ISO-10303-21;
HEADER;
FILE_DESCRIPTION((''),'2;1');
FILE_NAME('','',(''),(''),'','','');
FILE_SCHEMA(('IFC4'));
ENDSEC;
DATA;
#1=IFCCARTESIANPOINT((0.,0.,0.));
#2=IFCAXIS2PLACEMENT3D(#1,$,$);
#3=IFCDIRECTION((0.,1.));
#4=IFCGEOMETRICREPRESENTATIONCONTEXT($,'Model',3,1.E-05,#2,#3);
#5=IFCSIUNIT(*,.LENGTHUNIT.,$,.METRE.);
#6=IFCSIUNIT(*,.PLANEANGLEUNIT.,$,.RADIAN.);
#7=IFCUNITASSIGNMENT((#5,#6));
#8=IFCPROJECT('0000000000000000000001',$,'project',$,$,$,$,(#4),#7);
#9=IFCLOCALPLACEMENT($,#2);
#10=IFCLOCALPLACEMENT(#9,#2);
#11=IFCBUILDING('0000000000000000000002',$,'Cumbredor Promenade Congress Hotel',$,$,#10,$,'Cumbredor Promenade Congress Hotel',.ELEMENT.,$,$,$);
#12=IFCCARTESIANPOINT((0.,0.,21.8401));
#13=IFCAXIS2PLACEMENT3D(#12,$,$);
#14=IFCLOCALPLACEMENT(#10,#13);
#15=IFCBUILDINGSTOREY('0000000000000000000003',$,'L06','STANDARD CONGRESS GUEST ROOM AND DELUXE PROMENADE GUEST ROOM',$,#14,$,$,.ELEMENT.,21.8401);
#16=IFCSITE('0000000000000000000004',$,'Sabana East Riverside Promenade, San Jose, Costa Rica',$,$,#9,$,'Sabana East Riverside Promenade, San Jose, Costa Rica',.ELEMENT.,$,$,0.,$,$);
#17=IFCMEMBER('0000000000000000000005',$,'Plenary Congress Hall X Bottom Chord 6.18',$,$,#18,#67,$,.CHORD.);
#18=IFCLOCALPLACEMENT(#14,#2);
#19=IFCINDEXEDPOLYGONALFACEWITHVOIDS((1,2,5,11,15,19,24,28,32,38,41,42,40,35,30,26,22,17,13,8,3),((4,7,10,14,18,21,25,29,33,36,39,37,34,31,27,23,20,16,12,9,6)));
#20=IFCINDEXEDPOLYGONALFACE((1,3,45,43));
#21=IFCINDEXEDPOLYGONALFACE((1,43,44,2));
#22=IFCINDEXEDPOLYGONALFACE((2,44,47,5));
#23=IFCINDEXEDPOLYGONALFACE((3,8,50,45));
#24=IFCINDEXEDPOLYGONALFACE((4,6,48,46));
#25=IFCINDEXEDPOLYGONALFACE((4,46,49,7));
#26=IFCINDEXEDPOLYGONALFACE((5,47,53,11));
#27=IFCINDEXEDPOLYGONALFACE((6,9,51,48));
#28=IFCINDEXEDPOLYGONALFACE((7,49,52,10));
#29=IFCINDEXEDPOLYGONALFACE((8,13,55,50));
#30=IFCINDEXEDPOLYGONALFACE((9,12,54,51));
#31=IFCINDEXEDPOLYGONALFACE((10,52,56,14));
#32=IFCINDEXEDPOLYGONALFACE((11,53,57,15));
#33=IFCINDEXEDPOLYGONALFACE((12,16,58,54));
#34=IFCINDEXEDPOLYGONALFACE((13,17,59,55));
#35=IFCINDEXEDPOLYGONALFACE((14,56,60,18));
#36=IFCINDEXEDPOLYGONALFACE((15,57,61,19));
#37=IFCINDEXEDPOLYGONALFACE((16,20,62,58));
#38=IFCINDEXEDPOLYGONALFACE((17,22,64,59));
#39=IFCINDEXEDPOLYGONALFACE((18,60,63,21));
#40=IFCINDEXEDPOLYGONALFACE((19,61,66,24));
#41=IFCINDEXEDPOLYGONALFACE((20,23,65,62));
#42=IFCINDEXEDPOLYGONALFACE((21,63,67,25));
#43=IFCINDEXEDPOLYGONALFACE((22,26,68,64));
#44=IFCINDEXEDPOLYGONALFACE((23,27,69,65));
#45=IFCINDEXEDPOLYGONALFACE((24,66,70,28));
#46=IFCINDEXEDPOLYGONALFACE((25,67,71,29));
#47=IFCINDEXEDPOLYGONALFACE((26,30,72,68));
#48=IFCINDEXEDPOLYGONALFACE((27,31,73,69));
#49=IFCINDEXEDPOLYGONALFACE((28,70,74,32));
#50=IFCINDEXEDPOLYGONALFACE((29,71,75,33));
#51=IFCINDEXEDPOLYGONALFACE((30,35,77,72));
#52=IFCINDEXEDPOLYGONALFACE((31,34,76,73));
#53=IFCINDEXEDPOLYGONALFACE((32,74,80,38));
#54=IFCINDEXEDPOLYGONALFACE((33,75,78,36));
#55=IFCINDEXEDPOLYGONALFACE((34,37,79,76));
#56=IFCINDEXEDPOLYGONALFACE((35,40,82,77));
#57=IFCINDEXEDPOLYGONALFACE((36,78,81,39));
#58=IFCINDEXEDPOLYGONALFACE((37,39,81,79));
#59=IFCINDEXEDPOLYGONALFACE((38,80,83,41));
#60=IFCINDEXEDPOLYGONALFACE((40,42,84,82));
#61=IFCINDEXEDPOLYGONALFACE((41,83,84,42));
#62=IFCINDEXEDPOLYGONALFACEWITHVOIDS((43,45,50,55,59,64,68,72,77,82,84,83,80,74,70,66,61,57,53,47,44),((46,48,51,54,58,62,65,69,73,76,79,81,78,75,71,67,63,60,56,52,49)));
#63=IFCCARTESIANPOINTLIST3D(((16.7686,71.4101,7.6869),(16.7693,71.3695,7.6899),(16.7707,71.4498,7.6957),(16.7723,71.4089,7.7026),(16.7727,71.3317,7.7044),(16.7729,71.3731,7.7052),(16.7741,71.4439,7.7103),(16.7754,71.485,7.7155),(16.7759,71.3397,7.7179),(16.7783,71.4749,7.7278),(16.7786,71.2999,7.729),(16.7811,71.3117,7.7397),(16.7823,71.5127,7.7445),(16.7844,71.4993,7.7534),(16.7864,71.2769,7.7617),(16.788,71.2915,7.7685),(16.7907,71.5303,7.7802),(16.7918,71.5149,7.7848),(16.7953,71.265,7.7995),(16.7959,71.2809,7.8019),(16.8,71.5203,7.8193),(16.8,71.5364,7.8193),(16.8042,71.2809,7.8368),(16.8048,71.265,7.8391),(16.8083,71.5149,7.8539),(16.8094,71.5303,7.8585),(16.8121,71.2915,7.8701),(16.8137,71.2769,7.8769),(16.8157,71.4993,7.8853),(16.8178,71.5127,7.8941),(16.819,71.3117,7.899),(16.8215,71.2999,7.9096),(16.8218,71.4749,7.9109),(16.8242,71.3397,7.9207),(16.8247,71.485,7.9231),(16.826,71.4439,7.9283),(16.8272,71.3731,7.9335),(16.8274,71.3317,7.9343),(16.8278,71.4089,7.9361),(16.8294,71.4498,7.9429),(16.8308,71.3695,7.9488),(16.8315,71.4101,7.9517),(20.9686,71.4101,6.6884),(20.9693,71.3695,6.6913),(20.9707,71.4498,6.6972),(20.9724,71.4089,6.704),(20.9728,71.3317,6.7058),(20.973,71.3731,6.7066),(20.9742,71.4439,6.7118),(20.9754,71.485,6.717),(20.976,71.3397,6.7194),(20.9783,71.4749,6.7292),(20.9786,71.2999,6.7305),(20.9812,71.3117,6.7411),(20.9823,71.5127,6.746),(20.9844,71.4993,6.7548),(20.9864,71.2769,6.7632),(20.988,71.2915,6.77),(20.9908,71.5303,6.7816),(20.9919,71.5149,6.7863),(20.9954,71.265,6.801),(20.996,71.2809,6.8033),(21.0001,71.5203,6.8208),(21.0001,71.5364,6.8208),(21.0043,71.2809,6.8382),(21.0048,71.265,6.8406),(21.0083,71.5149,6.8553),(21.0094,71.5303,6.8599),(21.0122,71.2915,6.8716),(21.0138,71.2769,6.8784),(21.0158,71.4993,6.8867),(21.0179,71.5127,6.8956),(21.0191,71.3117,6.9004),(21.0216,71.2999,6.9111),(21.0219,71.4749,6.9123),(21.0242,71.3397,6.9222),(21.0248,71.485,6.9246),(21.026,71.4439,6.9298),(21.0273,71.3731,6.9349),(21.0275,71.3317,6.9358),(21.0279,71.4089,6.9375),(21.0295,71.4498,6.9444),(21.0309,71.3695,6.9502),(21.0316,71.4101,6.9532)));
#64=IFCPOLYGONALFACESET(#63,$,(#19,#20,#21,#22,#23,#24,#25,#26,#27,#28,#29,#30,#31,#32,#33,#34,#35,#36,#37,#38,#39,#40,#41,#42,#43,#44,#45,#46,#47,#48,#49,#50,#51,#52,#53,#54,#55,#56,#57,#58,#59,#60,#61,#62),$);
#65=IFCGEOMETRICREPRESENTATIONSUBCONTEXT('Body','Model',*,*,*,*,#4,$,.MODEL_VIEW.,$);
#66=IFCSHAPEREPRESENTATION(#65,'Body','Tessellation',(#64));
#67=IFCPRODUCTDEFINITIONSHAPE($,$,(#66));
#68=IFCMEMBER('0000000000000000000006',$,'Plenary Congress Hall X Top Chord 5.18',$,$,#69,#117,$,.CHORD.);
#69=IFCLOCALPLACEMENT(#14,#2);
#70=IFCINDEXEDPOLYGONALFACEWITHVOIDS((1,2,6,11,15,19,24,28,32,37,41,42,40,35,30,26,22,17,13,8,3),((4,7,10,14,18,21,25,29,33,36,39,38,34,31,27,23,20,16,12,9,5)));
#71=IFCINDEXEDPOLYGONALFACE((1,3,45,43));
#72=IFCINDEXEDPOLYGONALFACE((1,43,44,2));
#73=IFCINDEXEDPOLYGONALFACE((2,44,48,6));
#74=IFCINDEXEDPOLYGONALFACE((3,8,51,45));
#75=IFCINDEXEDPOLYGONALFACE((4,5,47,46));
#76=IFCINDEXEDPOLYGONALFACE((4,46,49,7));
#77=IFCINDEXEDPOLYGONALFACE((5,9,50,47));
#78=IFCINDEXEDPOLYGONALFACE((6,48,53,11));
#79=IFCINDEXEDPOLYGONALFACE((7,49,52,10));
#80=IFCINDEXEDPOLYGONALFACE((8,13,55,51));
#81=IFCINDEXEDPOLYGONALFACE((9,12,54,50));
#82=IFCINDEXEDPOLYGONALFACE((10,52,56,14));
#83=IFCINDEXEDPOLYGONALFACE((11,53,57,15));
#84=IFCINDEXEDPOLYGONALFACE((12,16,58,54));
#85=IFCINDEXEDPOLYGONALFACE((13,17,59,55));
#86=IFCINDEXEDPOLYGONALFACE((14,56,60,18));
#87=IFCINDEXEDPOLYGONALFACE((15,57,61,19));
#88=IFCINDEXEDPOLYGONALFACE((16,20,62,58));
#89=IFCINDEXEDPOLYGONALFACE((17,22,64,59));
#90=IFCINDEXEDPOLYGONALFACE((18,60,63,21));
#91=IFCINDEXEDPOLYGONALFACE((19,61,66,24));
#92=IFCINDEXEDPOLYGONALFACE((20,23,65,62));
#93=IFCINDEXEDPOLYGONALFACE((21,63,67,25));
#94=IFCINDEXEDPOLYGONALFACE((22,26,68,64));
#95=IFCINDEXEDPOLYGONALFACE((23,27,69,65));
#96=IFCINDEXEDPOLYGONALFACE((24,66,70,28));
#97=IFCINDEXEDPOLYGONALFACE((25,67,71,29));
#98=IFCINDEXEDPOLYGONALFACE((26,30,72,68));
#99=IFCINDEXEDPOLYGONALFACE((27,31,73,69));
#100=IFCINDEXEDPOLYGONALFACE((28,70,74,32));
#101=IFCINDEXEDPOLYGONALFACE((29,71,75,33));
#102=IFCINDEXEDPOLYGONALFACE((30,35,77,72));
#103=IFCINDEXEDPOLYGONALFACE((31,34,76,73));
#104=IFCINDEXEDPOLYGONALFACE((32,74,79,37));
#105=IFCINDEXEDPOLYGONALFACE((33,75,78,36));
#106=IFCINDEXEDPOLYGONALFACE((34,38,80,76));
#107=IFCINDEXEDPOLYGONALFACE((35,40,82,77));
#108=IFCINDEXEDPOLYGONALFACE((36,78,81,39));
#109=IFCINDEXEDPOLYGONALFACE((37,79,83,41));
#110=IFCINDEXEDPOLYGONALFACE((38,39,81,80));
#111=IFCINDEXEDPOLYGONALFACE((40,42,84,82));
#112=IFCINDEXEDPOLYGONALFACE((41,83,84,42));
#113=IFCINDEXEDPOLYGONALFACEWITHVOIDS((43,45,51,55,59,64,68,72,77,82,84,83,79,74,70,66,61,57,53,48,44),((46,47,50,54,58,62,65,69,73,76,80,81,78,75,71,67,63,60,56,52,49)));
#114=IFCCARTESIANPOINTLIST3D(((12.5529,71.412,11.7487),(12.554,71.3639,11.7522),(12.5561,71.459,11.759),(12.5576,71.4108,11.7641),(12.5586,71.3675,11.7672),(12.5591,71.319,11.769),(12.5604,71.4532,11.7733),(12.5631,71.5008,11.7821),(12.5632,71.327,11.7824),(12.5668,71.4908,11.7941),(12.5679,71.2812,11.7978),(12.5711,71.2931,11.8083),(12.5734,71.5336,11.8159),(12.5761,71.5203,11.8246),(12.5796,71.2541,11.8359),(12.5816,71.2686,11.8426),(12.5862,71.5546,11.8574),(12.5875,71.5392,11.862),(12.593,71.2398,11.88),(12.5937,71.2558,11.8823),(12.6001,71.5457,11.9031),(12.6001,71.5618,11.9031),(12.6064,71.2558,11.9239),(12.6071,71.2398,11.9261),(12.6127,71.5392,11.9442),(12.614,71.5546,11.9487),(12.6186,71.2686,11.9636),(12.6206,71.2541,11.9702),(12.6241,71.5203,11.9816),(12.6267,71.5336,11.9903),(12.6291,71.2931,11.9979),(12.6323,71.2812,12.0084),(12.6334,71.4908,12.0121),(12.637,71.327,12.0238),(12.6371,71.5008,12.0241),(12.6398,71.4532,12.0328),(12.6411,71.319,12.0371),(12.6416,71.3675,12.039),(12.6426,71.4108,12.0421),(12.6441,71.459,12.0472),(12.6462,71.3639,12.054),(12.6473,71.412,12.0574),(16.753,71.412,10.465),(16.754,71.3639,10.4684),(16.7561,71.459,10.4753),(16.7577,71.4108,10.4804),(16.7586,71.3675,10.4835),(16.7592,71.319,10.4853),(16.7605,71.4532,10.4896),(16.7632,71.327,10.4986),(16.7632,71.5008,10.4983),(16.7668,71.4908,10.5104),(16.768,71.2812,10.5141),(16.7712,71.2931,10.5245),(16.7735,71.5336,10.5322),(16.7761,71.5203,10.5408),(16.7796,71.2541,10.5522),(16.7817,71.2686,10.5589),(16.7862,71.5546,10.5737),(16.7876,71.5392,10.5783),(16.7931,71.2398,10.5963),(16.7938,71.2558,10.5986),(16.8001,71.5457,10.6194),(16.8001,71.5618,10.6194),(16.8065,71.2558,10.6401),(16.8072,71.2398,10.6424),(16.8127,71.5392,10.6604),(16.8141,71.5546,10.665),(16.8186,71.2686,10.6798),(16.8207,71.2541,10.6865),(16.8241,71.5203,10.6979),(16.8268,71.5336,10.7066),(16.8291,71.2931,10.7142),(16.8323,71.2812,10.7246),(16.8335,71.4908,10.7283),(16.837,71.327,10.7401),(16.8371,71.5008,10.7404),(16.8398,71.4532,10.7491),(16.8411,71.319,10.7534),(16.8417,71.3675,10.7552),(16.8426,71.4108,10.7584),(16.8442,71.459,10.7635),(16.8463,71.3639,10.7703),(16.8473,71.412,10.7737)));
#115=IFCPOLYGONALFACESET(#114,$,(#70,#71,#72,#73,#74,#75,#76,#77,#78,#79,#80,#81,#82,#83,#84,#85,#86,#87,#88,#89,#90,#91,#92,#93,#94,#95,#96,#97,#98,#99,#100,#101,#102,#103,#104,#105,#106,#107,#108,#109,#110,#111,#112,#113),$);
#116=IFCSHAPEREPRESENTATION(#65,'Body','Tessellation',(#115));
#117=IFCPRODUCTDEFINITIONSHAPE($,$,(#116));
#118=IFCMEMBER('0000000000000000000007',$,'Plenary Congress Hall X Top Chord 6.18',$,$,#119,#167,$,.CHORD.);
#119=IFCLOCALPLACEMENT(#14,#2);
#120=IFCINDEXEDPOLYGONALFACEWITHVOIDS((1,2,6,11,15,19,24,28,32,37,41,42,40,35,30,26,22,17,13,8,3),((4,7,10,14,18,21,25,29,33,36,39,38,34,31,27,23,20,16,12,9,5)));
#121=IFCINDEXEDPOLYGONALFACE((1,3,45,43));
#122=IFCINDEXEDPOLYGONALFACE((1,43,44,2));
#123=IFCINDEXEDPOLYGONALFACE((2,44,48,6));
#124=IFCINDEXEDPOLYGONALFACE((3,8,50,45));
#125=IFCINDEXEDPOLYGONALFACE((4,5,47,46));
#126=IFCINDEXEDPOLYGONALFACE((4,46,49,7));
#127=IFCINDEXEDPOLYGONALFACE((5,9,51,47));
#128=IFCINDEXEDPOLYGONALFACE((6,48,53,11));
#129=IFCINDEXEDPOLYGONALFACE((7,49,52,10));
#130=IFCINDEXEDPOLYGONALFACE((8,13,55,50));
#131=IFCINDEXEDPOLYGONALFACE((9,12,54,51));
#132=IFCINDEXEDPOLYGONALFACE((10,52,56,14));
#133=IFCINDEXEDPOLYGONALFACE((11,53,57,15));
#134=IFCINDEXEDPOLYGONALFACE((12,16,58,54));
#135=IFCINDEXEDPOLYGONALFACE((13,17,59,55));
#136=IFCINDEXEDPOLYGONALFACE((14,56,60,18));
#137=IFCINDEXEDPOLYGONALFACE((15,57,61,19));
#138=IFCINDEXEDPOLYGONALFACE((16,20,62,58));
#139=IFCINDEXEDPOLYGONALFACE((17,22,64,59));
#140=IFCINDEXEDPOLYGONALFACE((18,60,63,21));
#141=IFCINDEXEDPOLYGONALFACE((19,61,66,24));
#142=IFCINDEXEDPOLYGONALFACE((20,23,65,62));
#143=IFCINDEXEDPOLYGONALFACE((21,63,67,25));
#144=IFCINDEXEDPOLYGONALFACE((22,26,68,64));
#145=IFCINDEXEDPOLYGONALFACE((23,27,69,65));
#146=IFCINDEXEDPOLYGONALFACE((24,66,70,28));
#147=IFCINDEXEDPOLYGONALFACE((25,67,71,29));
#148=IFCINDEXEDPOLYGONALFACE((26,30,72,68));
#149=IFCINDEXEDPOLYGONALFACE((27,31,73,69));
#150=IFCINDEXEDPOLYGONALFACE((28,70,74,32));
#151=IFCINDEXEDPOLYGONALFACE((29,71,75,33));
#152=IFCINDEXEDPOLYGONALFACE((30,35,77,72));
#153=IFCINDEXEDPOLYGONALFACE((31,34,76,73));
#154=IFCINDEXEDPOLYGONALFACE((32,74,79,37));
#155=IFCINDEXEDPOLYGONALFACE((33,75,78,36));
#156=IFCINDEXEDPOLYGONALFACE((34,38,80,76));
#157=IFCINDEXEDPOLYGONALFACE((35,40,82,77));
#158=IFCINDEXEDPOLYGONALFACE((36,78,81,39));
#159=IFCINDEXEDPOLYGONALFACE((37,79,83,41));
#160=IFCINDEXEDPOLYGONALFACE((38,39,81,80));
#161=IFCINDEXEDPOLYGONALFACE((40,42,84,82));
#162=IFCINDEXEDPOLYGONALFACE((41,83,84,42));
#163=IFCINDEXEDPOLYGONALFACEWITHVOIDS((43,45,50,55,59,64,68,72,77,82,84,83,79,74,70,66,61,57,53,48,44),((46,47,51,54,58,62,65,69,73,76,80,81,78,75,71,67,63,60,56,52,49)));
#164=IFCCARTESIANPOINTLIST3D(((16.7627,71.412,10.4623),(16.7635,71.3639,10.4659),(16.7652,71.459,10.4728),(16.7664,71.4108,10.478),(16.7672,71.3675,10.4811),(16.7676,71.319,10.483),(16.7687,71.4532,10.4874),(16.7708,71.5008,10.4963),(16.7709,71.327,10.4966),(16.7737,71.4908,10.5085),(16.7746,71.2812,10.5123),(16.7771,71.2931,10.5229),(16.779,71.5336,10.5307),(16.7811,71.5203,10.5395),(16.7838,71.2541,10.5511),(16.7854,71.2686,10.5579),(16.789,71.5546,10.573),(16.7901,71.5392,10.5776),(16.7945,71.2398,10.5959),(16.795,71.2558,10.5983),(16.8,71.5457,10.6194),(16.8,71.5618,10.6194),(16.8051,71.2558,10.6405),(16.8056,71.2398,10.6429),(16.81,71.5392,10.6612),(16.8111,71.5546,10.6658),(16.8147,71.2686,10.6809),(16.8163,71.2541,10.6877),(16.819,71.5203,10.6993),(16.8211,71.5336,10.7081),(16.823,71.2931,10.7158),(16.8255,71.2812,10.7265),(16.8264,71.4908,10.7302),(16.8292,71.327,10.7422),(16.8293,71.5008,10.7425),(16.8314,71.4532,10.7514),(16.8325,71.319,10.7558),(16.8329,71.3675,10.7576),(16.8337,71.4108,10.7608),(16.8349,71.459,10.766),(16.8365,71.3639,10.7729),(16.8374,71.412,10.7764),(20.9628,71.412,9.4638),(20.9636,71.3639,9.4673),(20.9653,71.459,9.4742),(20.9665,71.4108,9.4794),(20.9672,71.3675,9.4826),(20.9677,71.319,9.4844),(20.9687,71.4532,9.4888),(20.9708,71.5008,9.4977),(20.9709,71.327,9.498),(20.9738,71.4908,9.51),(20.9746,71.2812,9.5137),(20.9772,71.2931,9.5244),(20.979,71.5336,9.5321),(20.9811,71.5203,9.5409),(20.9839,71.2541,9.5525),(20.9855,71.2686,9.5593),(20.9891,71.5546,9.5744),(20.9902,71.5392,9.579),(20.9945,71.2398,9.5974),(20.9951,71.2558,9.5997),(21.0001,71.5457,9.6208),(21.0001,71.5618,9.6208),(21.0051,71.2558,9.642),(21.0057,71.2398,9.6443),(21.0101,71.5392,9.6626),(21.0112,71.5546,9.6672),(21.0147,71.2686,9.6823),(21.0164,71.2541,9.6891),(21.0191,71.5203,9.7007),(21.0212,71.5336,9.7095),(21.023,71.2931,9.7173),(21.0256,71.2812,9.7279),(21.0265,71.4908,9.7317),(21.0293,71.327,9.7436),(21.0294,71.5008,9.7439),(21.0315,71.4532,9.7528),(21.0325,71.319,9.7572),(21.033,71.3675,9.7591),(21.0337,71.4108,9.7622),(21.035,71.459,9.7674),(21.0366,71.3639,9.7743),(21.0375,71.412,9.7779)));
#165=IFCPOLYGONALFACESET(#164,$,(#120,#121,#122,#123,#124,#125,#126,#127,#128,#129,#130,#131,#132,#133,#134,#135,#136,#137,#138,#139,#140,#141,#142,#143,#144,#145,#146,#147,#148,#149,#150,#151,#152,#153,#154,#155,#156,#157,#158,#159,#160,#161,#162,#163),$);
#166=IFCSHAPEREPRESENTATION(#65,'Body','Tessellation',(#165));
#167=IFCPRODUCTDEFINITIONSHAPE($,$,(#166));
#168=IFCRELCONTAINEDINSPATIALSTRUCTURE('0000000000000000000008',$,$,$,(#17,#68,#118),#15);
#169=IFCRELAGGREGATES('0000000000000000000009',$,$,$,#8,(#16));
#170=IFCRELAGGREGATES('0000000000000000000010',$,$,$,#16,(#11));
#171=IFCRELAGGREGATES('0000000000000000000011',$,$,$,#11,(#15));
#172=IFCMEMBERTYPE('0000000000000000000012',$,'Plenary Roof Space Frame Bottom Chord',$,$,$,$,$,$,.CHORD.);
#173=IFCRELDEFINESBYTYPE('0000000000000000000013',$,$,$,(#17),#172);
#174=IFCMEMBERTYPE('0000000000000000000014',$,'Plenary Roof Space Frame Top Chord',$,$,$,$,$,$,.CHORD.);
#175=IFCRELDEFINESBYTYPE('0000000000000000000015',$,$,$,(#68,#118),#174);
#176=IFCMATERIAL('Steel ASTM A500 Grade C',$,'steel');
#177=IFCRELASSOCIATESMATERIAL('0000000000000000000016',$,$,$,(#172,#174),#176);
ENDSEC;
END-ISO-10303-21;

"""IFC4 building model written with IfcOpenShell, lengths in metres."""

from ifc_helpers import new_model, si_unit, direction, frame, origin, origin_2d, place, context, subcontext, project, spatial, hollow_circle, extrude, material, material_profile, profile_set, type_object, element, save


model = new_model("IFC4")

# Units and contexts
model_context = context("Model", 3, precision=1e-05, world=origin(), true_north=direction((0.0, 1.0)))
body_context = subcontext(model_context, "Body", "Model", "MODEL_VIEW")
ifc_project = project(units=[si_unit("LENGTHUNIT", "METRE"), si_unit("PLANEANGLEUNIT", "RADIAN")], contexts=[model_context])

# Site, building, storey
site_placement = place(None, origin())
site = spatial("IfcSite", under=ifc_project, at=site_placement, Name="Sabana East Riverside Promenade, San Jose, Costa Rica", LongName="Sabana East Riverside Promenade, San Jose, Costa Rica", CompositionType="ELEMENT", RefElevation=0.0)
building_placement = place(site_placement, origin())
building = spatial("IfcBuilding", under=site, at=building_placement, Name="Cumbredor Promenade Congress Hotel", LongName="Cumbredor Promenade Congress Hotel", CompositionType="ELEMENT")
storey_placement = place(building_placement, frame((0.0, 0.0, 21.8401)))
storey = spatial("IfcBuildingStorey", under=building, at=storey_placement, Name="L06", Description="STANDARD CONGRESS GUEST ROOM AND DELUXE PROMENADE GUEST ROOM", CompositionType="ELEMENT", Elevation=21.8401)

# Members
ifc_material_1 = material(Name="Steel ASTM A500 Grade C", Category="steel")
ifc_material_profile_1 = material_profile(ifc_material_1, hollow_circle(Radius=0.1365, WallThickness=0.0161, at=origin_2d()), Name="CHS 273.0x16")
ifc_profile_set_1 = profile_set([ifc_material_profile_1], Name="Steel ASTM A500 Grade C")
member_type_1 = type_object("IfcMemberType", Name="Plenary Roof Space Frame Bottom Chord", PredefinedType="CHORD", material=ifc_profile_set_1)
member_1_placement = place(storey_placement, frame((16.8, 71.3999, 7.8193), z_axis=(0.972882, 0.0, -0.231302), x_axis=(0.0, 1.0, 0.0)))
element("IfcMember", 1, at=member_1_placement, inside=storey, type_object=member_type_1, Name="Plenary Congress Hall X Bottom Chord 6.18", PredefinedType="CHORD", context=body_context, shape_type="SweptSolid", body=[
    extrude(hollow_circle(Radius=0.1365, WallThickness=0.0161, at=origin_2d()), origin(), (0.0, 0.0, 1.0), 4.3171),
])
ifc_material_profile_2 = material_profile(ifc_material_1, hollow_circle(Radius=0.1619, WallThickness=0.0161, at=origin_2d()), Name="CHS 323.9x16")
ifc_profile_set_2 = profile_set([ifc_material_profile_2], Name="Steel ASTM A500 Grade C")
member_type_2 = type_object("IfcMemberType", Name="Plenary Roof Space Frame Top Chord", PredefinedType="CHORD", material=ifc_profile_set_2)
member_2_placement = place(storey_placement, frame((12.6001, 71.3999, 11.9031), z_axis=(0.956328, 0.0, -0.292296), x_axis=(0.0, 1.0, 0.0)))
element("IfcMember", 2, at=member_2_placement, inside=storey, type_object=member_type_2, Name="Plenary Congress Hall X Top Chord 5.18", PredefinedType="CHORD", context=body_context, shape_type="SweptSolid", body=[
    extrude(hollow_circle(Radius=0.1619, WallThickness=0.0161, at=origin_2d()), origin(), (0.0, 0.0, 1.0), 4.3918),
])
member_3_placement = place(storey_placement, frame((16.8, 71.3999, 10.6194), z_axis=(0.972882, 0.0, -0.231302), x_axis=(0.0, 1.0, 0.0)))
element("IfcMember", 3, at=member_3_placement, inside=storey, type_object=member_type_2, Name="Plenary Congress Hall X Top Chord 6.18", PredefinedType="CHORD", context=body_context, shape_type="SweptSolid", body=[
    extrude(hollow_circle(Radius=0.1619, WallThickness=0.0161, at=origin_2d()), origin(), (0.0, 0.0, 1.0), 4.3171),
])

save(model, "model.ifc")
